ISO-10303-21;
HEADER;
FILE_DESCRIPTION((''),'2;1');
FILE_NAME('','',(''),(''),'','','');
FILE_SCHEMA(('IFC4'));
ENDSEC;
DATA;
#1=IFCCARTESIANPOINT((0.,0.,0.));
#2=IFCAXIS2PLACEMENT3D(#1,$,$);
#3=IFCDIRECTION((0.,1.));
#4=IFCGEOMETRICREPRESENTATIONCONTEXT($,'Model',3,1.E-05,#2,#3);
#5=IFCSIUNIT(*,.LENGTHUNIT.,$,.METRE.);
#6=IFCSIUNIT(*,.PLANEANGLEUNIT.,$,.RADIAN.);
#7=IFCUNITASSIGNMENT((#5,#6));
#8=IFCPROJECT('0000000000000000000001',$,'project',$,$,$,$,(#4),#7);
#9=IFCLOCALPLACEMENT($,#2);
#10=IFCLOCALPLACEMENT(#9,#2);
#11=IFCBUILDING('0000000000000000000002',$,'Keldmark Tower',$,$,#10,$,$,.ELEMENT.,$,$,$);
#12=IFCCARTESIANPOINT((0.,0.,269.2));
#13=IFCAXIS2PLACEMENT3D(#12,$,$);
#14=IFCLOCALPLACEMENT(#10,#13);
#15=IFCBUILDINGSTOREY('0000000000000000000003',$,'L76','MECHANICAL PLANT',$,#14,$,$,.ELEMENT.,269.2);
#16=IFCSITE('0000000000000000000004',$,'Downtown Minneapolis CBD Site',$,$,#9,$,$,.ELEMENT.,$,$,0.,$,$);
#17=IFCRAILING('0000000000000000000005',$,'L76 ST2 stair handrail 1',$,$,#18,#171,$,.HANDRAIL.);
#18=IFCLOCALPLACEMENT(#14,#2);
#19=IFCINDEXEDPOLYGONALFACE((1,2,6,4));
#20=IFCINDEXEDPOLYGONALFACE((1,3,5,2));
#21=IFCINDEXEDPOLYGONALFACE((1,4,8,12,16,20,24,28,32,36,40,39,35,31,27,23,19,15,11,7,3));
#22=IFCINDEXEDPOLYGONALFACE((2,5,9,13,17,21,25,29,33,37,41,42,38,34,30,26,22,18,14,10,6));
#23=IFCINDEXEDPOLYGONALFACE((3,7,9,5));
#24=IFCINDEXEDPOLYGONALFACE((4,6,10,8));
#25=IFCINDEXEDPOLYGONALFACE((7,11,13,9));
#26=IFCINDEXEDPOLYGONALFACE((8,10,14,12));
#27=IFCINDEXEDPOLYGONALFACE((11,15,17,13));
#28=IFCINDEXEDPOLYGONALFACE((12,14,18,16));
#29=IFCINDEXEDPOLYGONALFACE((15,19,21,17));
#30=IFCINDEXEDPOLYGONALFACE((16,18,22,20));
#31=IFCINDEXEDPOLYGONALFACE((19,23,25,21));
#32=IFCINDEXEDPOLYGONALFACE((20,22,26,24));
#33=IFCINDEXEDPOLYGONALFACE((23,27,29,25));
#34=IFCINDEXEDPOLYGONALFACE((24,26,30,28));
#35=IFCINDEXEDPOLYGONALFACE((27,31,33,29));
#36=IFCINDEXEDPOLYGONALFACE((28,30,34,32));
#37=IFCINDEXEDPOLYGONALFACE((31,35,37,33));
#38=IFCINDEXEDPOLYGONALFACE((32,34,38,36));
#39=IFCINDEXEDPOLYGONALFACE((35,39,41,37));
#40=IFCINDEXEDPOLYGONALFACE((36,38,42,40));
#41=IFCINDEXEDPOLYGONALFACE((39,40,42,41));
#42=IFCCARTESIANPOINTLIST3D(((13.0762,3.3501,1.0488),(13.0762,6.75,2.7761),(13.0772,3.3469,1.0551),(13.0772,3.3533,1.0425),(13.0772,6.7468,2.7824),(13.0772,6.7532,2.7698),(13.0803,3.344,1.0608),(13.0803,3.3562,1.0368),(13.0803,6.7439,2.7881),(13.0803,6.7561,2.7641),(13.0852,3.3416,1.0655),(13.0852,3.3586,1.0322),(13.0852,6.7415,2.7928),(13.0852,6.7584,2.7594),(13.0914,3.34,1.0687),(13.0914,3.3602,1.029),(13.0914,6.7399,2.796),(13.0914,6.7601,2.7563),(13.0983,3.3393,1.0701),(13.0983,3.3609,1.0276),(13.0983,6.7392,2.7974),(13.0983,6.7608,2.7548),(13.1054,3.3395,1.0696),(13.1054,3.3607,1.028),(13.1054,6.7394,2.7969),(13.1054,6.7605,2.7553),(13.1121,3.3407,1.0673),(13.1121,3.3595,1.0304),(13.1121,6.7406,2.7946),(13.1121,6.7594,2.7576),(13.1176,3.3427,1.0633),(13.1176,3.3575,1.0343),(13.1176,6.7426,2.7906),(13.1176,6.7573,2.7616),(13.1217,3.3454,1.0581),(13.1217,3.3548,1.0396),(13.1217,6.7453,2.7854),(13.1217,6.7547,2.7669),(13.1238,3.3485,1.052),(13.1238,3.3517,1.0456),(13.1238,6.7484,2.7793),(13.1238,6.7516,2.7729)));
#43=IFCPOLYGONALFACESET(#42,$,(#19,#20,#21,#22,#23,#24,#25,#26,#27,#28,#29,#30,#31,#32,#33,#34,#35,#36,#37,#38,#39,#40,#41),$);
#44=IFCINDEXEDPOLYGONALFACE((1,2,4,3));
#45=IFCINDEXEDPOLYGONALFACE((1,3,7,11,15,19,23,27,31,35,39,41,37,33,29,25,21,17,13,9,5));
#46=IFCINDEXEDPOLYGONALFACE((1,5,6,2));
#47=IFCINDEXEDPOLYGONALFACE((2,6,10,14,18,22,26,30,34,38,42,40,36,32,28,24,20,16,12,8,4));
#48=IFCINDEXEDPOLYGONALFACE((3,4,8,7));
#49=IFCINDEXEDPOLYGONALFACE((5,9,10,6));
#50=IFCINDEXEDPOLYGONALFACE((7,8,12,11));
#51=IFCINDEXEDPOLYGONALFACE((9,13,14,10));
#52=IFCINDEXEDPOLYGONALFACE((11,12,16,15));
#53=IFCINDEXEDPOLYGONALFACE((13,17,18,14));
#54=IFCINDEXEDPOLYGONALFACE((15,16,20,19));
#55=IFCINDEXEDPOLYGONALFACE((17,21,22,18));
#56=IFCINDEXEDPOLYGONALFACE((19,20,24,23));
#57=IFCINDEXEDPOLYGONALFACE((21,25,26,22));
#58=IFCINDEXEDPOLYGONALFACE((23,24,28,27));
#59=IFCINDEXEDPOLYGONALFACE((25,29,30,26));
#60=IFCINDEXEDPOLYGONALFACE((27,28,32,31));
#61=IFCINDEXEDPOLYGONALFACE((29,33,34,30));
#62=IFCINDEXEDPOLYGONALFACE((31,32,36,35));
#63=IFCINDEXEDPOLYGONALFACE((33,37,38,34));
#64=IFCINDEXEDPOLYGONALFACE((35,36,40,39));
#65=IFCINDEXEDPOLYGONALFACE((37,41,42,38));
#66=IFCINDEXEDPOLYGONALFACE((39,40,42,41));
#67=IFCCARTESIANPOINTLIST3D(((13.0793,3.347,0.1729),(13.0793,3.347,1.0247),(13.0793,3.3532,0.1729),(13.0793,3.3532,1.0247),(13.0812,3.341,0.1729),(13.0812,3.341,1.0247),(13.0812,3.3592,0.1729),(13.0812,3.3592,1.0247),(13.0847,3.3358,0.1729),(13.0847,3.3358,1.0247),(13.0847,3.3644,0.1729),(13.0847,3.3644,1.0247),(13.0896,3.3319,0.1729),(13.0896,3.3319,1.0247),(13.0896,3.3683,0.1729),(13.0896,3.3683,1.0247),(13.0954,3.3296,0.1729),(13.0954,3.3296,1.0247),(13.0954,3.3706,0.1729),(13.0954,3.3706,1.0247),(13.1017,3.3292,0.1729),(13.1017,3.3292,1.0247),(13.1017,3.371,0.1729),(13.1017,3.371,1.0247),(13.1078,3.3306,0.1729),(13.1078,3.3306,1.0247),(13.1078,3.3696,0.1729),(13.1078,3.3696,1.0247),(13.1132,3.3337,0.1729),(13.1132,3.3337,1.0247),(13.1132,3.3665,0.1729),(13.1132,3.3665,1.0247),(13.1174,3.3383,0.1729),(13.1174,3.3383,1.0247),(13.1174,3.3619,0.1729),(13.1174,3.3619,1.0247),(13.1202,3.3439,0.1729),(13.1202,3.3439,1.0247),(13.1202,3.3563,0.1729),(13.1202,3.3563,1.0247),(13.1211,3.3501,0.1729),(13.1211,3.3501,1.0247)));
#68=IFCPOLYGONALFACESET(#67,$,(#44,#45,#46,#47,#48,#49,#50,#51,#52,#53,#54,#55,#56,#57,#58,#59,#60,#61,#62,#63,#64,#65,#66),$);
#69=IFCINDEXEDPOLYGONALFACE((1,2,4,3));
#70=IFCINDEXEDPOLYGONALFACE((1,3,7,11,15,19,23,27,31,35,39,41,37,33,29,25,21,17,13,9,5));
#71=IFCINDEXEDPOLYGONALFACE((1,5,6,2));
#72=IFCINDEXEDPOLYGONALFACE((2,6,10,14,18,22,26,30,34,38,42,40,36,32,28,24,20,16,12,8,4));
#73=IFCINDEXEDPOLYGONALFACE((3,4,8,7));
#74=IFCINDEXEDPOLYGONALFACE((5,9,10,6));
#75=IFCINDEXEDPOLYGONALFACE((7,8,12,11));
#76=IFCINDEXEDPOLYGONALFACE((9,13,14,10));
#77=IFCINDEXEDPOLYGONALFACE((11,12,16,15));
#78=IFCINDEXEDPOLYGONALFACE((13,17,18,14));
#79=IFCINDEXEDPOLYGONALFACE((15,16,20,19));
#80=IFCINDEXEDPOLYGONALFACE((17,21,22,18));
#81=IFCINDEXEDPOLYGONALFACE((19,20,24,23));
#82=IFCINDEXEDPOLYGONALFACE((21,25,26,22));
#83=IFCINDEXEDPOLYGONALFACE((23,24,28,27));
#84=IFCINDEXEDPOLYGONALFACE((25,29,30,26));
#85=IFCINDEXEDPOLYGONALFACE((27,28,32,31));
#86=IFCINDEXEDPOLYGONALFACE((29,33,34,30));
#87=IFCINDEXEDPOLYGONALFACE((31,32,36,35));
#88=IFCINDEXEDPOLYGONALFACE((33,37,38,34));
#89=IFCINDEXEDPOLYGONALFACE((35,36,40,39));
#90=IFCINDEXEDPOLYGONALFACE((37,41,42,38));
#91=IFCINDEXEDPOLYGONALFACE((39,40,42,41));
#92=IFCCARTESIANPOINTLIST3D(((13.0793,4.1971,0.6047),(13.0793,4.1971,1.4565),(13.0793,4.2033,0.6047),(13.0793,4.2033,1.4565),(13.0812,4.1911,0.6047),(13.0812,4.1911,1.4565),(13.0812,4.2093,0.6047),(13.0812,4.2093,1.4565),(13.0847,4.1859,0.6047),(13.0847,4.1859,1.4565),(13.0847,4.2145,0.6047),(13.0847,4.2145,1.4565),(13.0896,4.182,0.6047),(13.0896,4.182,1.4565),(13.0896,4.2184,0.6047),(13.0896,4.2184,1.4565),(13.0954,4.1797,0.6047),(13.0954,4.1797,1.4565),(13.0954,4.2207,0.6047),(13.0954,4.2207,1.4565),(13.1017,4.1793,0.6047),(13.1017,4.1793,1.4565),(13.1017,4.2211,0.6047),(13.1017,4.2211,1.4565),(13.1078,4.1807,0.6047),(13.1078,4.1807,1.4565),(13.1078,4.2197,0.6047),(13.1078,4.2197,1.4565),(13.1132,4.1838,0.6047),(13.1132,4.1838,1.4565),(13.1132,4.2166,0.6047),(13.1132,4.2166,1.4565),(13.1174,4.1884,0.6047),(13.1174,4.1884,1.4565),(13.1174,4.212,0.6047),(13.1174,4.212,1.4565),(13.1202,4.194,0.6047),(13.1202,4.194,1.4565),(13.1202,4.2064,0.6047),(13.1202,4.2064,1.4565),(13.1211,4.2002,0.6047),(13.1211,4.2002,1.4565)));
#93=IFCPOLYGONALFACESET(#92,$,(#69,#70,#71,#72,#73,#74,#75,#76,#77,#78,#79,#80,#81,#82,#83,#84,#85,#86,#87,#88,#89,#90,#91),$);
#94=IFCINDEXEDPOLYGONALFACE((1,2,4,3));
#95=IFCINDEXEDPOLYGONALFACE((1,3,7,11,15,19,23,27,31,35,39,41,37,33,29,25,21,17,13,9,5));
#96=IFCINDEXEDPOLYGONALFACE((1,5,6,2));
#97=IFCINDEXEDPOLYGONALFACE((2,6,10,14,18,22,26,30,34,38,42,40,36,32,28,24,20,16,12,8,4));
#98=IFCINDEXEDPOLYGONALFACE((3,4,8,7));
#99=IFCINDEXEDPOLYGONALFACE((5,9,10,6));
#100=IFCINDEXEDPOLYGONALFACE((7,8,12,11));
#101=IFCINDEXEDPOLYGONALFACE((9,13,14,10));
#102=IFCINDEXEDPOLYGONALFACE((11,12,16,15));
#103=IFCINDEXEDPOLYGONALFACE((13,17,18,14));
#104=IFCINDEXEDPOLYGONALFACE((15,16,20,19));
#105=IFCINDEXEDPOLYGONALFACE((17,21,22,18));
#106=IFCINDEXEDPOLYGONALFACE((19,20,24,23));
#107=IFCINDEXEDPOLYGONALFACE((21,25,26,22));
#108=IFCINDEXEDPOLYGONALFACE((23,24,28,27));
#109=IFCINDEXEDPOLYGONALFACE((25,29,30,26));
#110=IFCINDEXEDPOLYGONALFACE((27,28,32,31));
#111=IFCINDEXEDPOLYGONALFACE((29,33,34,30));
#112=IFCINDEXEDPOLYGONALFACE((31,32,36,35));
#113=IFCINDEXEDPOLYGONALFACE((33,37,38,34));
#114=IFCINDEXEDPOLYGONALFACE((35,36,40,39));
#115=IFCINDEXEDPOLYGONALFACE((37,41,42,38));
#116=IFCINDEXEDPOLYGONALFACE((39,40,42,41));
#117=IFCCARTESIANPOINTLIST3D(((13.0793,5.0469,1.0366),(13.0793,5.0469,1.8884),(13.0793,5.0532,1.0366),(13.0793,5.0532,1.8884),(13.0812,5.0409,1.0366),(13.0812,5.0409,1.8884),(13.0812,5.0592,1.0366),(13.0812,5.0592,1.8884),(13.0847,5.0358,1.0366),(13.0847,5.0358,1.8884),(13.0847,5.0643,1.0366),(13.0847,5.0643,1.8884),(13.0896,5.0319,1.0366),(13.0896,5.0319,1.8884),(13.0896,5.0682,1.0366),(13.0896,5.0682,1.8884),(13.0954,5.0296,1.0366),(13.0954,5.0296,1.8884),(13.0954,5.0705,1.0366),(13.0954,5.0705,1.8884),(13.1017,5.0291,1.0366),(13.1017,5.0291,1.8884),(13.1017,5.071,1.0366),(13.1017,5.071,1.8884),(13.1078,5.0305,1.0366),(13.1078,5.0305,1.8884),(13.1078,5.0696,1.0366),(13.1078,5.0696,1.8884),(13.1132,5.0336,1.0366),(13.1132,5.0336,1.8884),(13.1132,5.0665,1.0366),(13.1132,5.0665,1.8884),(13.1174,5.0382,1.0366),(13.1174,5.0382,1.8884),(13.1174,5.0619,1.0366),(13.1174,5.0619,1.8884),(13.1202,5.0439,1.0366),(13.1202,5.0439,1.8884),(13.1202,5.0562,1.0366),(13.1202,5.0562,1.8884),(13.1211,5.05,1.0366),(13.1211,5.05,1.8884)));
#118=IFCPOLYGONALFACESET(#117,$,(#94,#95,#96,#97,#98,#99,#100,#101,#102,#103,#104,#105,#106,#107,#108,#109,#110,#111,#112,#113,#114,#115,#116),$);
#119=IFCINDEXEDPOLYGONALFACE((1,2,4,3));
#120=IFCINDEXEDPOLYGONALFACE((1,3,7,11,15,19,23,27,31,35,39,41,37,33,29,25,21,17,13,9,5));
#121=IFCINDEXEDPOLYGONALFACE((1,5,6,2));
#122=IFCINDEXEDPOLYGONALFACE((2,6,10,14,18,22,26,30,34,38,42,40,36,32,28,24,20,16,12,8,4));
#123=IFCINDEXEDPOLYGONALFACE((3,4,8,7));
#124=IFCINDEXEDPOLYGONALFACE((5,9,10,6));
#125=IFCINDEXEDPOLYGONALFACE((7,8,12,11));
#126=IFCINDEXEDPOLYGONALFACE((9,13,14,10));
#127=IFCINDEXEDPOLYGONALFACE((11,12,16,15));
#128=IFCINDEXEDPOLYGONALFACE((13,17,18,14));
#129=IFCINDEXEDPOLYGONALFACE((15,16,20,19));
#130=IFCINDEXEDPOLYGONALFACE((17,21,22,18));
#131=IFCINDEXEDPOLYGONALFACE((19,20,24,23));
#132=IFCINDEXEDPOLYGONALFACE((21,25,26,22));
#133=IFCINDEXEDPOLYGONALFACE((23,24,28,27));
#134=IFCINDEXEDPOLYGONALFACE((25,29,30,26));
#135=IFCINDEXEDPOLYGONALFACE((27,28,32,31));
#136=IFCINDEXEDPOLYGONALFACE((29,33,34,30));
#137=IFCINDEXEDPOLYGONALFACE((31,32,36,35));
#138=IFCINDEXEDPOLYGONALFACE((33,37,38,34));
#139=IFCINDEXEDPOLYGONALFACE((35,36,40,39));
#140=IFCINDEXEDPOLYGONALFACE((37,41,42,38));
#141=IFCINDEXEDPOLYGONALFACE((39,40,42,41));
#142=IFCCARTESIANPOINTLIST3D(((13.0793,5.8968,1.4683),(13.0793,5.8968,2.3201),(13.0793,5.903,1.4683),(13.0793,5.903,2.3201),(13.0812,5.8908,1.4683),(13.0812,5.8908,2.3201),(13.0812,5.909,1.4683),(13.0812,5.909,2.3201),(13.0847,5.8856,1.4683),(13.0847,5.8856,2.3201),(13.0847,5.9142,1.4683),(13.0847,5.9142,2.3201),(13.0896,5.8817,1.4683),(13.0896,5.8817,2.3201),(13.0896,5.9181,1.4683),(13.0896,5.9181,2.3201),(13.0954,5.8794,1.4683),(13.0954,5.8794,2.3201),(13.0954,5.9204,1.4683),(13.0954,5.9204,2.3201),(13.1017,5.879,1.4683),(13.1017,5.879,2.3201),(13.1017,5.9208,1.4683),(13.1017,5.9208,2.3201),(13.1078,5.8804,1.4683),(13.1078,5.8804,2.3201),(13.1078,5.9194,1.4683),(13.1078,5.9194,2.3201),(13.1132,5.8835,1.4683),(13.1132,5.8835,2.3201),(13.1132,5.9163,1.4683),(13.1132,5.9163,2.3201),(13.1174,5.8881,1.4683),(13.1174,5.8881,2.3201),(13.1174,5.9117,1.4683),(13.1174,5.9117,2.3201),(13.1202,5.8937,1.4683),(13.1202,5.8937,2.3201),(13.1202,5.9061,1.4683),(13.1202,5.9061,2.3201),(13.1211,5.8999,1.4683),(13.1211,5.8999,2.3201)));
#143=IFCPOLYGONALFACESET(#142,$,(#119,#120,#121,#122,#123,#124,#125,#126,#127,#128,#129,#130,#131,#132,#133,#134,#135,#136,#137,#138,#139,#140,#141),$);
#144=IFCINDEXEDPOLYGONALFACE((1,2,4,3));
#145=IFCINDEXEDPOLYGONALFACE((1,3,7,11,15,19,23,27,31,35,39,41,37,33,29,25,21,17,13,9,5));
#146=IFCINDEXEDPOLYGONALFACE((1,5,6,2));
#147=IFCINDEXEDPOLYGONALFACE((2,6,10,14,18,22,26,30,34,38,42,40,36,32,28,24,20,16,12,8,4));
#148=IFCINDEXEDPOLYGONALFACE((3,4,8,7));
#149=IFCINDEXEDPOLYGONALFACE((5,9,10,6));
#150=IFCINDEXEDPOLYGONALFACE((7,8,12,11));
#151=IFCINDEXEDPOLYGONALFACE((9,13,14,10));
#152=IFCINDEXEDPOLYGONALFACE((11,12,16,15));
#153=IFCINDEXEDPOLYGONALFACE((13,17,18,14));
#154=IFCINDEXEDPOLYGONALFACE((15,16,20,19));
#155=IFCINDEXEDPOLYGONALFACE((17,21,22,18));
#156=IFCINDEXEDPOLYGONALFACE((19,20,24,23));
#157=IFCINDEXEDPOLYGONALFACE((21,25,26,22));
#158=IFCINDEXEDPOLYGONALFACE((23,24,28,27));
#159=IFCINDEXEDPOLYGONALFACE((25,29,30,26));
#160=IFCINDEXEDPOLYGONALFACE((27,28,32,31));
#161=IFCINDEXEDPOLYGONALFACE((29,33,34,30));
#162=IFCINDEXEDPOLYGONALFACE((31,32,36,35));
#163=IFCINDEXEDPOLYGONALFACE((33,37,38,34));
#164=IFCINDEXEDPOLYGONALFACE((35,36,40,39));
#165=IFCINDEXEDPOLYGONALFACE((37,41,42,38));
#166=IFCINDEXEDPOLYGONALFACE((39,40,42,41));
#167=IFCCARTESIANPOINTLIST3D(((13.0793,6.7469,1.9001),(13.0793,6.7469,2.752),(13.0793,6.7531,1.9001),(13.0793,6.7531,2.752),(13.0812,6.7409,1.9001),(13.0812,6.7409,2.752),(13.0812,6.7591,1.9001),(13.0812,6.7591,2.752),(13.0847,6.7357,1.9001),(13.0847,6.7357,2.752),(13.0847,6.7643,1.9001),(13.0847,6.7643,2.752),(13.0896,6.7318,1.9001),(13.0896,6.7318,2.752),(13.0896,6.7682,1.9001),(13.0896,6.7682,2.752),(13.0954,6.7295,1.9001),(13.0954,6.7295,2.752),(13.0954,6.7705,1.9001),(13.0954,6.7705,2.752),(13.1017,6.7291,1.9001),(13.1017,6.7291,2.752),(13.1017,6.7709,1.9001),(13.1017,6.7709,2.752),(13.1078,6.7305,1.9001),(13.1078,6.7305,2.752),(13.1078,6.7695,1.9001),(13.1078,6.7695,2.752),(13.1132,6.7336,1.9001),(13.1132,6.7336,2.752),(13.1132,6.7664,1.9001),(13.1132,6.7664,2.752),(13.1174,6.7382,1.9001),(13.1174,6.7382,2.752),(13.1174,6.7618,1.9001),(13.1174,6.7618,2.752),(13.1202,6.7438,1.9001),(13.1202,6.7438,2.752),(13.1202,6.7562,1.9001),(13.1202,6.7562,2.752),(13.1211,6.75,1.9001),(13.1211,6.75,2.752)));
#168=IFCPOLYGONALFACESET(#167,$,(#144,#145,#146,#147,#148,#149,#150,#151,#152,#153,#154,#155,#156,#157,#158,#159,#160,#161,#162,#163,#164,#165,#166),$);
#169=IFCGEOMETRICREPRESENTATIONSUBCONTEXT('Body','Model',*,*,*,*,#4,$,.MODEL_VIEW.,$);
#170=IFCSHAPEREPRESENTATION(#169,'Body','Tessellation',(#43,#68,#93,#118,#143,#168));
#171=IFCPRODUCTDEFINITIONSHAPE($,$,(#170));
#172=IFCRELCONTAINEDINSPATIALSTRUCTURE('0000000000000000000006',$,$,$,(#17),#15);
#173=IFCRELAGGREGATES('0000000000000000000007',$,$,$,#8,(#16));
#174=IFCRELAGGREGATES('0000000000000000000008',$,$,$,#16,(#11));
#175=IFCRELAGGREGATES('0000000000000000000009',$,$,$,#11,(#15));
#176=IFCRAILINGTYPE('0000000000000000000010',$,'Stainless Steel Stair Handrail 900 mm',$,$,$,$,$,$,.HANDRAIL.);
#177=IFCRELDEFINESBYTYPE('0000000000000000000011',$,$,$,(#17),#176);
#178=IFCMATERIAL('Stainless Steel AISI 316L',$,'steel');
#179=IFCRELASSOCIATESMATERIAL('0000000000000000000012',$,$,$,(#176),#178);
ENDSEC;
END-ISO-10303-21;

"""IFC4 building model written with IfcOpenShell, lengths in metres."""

from ifc_helpers import new_model, si_unit, direction, frame, origin, origin_2d, place, context, subcontext, project, spatial, circle, extrude, material, type_object, element, save


model = new_model("IFC4")

# Units and contexts
model_context = context("Model", 3, precision=1e-05, world=origin(), true_north=direction((0.0, 1.0)))
body_context = subcontext(model_context, "Body", "Model", "MODEL_VIEW")
ifc_project = project(units=[si_unit("LENGTHUNIT", "METRE"), si_unit("PLANEANGLEUNIT", "RADIAN")], contexts=[model_context])

# Site, building, storey
site_placement = place(None, origin())
site = spatial("IfcSite", under=ifc_project, at=site_placement, Name="Downtown Minneapolis CBD Site", CompositionType="ELEMENT", RefElevation=0.0)
building_placement = place(site_placement, origin())
building = spatial("IfcBuilding", under=site, at=building_placement, Name="Keldmark Tower", CompositionType="ELEMENT")
storey_placement = place(building_placement, frame((0.0, 0.0, 269.2)))
storey = spatial("IfcBuildingStorey", under=building, at=storey_placement, Name="L76", Description="MECHANICAL PLANT", CompositionType="ELEMENT", Elevation=269.2)

# Railing
ifc_material_1 = material(Name="Stainless Steel AISI 316L", Category="steel")
railing_type_1 = type_object("IfcRailingType", Name="Stainless Steel Stair Handrail 900 mm", PredefinedType="HANDRAIL", material=ifc_material_1)
railing_1_placement = place(storey_placement, frame((13.1001, 3.3501, 0.1729)))
element("IfcRailing", 1, at=railing_1_placement, inside=storey, type_object=railing_type_1, Name="L76 ST2 stair handrail 1", PredefinedType="HANDRAIL", context=body_context, shape_type="SweptSolid", body=[
    extrude(circle(Radius=0.0239, at=origin_2d()), frame((0.0, 0.0, 0.876), z_axis=(0.0, 0.891541, 0.452941), x_axis=(-1.0, 0.0, 0.0)), (0.0, 0.0, 1.0), 3.8135),
    extrude(circle(Radius=0.021, at=origin_2d()), origin(), (0.0, 0.0, 1.0), 0.8518),
    extrude(circle(Radius=0.021, at=origin_2d()), frame((0.0, 0.8501, 0.4319)), (0.0, 0.0, 1.0), 0.8518),
    extrude(circle(Radius=0.021, at=origin_2d()), frame((0.0, 1.7, 0.8638)), (0.0, 0.0, 1.0), 0.8518),
    extrude(circle(Radius=0.021, at=origin_2d()), frame((0.0, 2.5498, 1.2954)), (0.0, 0.0, 1.0), 0.8518),
    extrude(circle(Radius=0.021, at=origin_2d()), frame((0.0, 3.3999, 1.7273)), (0.0, 0.0, 1.0), 0.8518),
])

save(model, "model.ifc")
